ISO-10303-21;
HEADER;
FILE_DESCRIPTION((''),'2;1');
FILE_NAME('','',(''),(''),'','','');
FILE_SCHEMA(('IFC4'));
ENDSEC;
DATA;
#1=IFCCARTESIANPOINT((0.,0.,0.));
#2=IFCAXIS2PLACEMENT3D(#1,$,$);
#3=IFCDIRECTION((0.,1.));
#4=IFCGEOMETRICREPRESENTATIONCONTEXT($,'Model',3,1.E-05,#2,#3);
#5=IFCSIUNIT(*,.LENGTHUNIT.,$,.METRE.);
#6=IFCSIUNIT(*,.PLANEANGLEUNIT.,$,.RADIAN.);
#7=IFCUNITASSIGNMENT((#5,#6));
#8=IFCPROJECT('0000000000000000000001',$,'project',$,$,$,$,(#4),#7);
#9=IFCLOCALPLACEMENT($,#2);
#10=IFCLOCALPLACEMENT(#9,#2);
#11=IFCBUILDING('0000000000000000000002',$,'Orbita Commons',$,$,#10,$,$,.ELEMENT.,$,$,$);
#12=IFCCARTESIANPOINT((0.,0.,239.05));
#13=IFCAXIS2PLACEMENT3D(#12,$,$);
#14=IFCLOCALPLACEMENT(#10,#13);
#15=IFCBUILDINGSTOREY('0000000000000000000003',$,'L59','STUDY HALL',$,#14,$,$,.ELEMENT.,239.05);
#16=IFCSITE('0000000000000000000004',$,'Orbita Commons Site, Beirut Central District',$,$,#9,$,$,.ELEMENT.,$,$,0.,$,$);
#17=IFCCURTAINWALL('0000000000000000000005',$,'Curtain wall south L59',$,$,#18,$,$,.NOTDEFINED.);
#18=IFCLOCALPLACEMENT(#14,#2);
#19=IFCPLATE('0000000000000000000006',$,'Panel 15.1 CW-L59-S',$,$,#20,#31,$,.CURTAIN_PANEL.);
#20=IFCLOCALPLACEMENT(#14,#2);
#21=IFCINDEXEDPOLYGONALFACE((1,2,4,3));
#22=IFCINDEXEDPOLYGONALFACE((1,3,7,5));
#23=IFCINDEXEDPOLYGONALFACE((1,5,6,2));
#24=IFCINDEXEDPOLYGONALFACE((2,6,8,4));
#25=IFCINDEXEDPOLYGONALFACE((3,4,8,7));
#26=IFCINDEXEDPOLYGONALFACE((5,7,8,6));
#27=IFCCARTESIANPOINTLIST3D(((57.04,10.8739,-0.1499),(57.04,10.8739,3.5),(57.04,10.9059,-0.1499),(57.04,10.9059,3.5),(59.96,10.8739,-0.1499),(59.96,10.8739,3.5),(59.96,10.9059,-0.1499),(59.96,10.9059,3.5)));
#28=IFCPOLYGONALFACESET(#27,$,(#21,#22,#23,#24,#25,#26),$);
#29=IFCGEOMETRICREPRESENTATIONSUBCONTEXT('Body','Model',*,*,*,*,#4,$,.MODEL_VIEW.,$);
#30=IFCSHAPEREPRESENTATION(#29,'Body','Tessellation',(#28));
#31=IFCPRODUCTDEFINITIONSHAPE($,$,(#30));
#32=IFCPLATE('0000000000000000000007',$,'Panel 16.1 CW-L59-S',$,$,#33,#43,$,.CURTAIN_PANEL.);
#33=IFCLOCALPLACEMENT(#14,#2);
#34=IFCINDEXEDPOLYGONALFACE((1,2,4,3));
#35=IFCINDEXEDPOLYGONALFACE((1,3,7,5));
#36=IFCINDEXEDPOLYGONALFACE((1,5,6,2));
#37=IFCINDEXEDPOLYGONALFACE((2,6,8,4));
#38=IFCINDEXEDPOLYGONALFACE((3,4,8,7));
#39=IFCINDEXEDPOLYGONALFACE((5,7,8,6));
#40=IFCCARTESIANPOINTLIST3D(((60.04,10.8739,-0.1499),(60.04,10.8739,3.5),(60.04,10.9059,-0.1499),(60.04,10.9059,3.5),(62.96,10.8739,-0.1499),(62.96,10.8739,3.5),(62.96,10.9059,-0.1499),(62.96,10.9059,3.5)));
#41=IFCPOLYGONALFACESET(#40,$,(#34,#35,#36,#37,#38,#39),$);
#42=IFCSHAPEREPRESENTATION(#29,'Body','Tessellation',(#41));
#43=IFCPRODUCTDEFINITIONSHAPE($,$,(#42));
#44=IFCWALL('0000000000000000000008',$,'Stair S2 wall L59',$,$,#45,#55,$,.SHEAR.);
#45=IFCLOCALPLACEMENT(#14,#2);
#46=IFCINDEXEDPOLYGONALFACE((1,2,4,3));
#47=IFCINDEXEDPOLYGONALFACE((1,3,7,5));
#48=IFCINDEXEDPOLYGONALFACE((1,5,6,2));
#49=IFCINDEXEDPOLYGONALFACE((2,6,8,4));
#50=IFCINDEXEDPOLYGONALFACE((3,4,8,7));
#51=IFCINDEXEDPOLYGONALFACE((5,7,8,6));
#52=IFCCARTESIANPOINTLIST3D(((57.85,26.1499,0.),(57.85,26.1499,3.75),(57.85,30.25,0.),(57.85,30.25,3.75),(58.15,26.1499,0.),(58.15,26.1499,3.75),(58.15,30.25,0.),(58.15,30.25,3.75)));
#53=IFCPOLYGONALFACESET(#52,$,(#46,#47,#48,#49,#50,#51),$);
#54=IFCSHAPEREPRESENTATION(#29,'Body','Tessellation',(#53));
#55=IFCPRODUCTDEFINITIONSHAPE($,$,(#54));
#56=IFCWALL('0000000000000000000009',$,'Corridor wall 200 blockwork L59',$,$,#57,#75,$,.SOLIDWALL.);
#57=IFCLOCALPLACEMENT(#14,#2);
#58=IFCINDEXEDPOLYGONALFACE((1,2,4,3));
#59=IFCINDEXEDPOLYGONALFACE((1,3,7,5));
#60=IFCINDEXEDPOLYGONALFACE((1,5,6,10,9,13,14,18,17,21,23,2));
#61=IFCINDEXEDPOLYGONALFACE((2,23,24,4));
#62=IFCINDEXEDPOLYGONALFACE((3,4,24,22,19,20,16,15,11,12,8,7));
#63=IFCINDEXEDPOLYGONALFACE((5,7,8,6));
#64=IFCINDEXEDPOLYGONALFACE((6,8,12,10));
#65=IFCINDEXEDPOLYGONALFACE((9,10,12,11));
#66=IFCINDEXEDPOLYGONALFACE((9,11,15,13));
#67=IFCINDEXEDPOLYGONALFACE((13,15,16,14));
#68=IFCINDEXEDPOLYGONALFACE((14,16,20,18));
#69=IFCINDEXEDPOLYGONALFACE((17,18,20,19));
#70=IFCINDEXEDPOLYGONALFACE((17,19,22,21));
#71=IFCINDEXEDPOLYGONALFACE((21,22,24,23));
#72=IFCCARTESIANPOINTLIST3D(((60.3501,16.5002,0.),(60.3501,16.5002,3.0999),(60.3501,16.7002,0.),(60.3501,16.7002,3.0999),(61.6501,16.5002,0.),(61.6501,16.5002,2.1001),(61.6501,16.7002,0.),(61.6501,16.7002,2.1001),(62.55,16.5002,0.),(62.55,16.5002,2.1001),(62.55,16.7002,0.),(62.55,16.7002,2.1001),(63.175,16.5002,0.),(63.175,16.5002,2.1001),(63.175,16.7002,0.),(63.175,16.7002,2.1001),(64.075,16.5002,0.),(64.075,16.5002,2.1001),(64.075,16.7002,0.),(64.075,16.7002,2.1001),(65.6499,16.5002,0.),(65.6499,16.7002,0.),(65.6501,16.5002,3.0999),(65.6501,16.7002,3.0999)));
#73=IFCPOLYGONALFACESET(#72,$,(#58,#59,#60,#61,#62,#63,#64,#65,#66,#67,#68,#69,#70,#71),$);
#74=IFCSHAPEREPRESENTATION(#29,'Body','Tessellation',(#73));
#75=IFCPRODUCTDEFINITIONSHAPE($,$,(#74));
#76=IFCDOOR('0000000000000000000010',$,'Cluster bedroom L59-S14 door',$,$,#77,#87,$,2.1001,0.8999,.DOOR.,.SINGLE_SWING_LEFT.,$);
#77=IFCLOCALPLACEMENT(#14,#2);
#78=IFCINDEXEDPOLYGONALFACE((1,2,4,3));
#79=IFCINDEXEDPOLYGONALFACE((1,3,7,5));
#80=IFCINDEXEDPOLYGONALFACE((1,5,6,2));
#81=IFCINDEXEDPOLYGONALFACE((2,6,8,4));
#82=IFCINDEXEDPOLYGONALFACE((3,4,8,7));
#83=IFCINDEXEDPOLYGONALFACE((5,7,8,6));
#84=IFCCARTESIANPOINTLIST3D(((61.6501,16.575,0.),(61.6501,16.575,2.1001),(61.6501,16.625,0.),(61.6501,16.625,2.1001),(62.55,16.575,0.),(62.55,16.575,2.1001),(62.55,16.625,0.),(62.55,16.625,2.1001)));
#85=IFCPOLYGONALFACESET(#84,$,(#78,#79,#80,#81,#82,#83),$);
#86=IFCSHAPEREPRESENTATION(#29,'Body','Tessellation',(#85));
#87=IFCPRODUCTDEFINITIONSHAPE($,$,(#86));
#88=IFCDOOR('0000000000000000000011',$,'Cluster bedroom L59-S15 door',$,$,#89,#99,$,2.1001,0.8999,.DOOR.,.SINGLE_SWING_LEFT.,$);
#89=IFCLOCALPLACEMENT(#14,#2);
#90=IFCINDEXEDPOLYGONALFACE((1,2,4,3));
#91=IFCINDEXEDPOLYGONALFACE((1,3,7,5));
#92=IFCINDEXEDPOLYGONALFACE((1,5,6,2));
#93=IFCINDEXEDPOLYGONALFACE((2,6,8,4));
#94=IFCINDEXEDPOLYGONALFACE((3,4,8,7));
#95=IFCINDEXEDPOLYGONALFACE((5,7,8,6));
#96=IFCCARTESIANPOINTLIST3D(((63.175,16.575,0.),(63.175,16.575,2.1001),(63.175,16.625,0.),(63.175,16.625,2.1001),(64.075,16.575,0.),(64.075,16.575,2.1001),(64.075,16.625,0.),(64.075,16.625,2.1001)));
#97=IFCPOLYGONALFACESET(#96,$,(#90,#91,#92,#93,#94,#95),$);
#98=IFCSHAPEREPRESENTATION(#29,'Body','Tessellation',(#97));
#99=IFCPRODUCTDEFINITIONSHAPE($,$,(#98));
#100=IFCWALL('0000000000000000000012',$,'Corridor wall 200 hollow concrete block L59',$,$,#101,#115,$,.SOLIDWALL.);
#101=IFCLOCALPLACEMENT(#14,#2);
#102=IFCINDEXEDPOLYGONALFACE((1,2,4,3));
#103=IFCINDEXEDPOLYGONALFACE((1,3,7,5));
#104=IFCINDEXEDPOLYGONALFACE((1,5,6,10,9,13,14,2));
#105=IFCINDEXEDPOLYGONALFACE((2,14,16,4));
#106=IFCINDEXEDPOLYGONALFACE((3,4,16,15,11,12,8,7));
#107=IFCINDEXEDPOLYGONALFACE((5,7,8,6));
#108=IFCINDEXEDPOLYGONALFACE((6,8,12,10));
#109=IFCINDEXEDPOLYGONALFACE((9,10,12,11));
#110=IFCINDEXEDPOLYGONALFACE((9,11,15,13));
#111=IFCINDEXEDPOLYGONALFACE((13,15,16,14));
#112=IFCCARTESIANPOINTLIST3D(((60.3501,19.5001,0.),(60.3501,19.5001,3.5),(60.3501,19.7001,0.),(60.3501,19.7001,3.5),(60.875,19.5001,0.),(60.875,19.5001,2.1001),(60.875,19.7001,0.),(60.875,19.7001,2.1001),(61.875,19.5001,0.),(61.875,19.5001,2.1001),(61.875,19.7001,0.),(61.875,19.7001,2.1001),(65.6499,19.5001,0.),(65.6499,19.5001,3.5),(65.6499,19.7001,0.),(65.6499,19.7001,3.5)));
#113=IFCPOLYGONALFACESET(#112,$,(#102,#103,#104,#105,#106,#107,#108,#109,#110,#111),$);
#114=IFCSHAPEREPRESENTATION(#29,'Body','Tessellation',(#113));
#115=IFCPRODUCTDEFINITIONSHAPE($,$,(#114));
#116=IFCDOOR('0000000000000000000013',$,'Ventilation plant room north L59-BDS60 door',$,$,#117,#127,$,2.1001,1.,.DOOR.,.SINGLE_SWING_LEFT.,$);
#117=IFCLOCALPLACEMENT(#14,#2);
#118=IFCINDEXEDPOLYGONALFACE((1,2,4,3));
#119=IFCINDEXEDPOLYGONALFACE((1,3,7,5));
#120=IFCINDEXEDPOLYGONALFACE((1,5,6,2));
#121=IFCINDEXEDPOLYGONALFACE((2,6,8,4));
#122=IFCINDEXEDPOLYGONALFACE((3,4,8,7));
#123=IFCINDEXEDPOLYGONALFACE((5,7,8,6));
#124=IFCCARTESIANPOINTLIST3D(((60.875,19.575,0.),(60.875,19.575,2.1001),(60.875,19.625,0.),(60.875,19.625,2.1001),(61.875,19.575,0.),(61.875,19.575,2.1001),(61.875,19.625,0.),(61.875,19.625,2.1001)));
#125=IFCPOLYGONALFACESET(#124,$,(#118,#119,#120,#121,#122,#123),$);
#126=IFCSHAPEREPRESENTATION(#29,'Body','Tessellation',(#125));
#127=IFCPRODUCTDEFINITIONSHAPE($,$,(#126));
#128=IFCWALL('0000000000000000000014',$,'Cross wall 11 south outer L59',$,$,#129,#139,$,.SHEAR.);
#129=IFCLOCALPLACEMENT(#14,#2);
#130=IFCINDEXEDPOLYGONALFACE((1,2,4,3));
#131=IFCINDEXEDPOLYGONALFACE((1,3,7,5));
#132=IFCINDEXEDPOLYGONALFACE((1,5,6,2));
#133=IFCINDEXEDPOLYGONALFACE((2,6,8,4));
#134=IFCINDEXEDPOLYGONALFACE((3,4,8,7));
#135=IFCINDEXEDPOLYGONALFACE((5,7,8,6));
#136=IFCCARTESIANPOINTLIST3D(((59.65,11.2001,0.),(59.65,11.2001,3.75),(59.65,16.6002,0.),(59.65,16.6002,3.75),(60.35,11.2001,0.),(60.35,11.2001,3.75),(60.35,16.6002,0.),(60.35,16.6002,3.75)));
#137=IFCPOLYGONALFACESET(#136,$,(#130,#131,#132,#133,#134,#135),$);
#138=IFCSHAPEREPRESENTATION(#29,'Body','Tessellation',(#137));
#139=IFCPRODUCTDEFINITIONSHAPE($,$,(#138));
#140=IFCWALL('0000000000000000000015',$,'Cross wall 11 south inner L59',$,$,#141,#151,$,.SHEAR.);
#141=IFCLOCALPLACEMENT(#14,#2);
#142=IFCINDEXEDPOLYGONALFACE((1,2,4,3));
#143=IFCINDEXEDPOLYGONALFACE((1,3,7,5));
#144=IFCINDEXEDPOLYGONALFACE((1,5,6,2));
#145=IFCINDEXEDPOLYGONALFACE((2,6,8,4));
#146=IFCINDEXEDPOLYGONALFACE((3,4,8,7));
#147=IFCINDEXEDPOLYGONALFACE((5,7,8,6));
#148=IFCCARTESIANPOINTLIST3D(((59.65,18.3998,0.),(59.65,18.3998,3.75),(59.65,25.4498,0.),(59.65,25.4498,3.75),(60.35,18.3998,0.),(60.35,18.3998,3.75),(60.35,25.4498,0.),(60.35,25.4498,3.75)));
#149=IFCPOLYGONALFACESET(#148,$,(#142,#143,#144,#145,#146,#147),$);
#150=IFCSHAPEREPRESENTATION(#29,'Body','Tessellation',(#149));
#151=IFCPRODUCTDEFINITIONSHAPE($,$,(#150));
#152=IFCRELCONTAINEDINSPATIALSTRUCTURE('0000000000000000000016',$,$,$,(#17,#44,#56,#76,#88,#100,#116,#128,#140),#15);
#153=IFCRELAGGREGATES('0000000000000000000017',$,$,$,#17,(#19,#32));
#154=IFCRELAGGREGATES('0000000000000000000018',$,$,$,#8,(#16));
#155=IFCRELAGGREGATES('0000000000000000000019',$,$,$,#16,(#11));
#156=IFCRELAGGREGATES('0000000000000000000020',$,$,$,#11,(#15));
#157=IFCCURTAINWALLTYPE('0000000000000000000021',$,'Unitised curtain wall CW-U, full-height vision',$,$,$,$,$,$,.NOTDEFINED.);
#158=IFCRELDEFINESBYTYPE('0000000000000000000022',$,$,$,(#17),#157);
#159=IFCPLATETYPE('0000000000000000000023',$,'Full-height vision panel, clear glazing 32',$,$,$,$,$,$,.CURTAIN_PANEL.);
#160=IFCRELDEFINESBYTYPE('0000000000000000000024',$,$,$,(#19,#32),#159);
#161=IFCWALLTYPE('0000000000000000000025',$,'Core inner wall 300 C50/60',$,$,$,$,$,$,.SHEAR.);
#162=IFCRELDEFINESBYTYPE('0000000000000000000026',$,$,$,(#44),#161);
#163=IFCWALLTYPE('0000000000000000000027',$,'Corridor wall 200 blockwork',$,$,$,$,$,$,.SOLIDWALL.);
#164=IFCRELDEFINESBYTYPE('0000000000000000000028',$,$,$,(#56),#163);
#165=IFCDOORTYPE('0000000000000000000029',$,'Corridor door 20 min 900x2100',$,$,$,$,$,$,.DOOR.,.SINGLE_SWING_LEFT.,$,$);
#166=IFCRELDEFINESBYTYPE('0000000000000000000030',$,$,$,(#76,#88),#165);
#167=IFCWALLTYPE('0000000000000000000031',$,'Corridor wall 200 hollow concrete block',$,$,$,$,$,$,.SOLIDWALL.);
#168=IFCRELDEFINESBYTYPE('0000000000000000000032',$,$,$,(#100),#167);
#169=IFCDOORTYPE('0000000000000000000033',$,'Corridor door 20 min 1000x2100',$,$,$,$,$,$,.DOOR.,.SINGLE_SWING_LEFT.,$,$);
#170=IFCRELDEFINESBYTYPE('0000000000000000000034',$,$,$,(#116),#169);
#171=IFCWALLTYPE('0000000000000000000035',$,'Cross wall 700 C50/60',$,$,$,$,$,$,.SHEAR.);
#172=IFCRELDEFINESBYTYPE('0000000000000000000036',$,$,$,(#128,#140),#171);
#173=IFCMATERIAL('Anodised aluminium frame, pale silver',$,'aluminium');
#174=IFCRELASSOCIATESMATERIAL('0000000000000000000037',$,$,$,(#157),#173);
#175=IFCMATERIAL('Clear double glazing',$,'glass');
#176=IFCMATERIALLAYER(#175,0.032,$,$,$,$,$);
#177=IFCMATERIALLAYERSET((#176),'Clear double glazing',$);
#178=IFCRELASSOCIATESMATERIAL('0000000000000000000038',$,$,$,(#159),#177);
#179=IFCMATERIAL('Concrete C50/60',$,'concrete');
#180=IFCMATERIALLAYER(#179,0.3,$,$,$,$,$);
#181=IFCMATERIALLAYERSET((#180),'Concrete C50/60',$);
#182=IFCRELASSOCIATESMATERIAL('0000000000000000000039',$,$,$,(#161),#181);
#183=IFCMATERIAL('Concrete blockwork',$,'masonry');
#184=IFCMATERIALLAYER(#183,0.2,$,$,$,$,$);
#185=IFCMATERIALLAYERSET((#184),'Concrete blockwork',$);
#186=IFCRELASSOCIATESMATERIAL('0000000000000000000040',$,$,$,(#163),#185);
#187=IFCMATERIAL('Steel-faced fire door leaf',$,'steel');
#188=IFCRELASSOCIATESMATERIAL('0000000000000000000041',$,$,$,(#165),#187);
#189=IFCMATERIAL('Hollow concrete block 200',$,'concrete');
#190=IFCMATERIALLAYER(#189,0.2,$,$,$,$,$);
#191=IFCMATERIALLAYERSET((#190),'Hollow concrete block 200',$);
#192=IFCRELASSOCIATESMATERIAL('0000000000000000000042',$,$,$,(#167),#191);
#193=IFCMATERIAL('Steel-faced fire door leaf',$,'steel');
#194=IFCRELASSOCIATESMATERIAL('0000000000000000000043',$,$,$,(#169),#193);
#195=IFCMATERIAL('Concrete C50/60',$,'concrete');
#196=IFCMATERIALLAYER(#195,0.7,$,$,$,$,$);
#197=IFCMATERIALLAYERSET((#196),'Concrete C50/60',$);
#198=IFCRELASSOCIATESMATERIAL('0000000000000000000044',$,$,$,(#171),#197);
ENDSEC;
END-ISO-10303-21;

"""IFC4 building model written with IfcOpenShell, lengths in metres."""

from ifc_helpers import new_model, si_unit, direction, frame, frame_2d, origin, origin_2d, place, context, subcontext, project, spatial, polyline, rectangle, outline, extrude, material, layer, layer_set, type_object, element, fill, aggregate, save


model = new_model("IFC4")

# Units and contexts
model_context = context("Model", 3, precision=1e-05, world=origin(), true_north=direction((0.0, 1.0)))
body_context = subcontext(model_context, "Body", "Model", "MODEL_VIEW")
ifc_project = project(units=[si_unit("LENGTHUNIT", "METRE"), si_unit("PLANEANGLEUNIT", "RADIAN")], contexts=[model_context])

# Site, building, storey
site_placement = place(None, origin())
site = spatial("IfcSite", under=ifc_project, at=site_placement, Name="Orbita Commons Site, Beirut Central District", CompositionType="ELEMENT", RefElevation=0.0)
building_placement = place(site_placement, origin())
building = spatial("IfcBuilding", under=site, at=building_placement, Name="Orbita Commons", CompositionType="ELEMENT")
storey_placement = place(building_placement, frame((0.0, 0.0, 239.05)))
storey = spatial("IfcBuildingStorey", under=building, at=storey_placement, Name="L59", Description="STUDY HALL", CompositionType="ELEMENT", Elevation=239.05)

# Curtain wall
ifc_material_1 = material(Name="Anodised aluminium frame, pale silver", Category="aluminium")
curtain_wall_type = type_object("IfcCurtainWallType", Name="Unitised curtain wall CW-U, full-height vision", PredefinedType="NOTDEFINED", material=ifc_material_1)
curtain_wall_placement = place(storey_placement, origin())
curtain_wall = element("IfcCurtainWall", 1, at=curtain_wall_placement, inside=storey, type_object=curtain_wall_type, Name="Curtain wall south L59", PredefinedType="NOTDEFINED")

# Plates
ifc_material_2 = material(Name="Clear double glazing", Category="glass")
ifc_layer_1 = layer(ifc_material_2, 0.032)
ifc_layer_set_1 = layer_set([ifc_layer_1], Name="Clear double glazing")
plate_type = type_object("IfcPlateType", Name="Full-height vision panel, clear glazing 32", PredefinedType="CURTAIN_PANEL", material=ifc_layer_set_1)
plate_1_placement = place(storey_placement, frame((58.5, 10.8899, -0.1499), z_axis=(0.0, 0.0, 1.0), x_axis=(1.0, 0.0, 0.0)))
plate_1 = element("IfcPlate", 2, at=plate_1_placement, type_object=plate_type, Name="Panel 15.1 CW-L59-S", PredefinedType="CURTAIN_PANEL", context=body_context, shape_type="SweptSolid", body=[
    extrude(rectangle(XDim=2.9199, YDim=0.032, at=origin_2d()), origin(), (0.0, 0.0, 1.0), 3.6499),
])
plate_2_placement = place(storey_placement, frame((61.5, 10.8899, -0.1499), z_axis=(0.0, 0.0, 1.0), x_axis=(1.0, 0.0, 0.0)))
plate_2 = element("IfcPlate", 3, at=plate_2_placement, type_object=plate_type, Name="Panel 16.1 CW-L59-S", PredefinedType="CURTAIN_PANEL", context=body_context, shape_type="SweptSolid", body=[
    extrude(rectangle(XDim=2.9199, YDim=0.032, at=origin_2d()), origin(), (0.0, 0.0, 1.0), 3.6499),
])
aggregate(curtain_wall, [plate_1, plate_2])

# Wall
ifc_material_3 = material(Name="Concrete C50/60", Category="concrete")
ifc_layer_2 = layer(ifc_material_3, 0.3)
ifc_layer_set_2 = layer_set([ifc_layer_2], Name="Concrete C50/60")
wall_type_1 = type_object("IfcWallType", Name="Core inner wall 300 C50/60", PredefinedType="SHEAR", material=ifc_layer_set_2)
wall_1_placement = place(storey_placement, frame((58.0, 26.1499, 0.0), z_axis=(0.0, 0.0, 1.0), x_axis=(0.0, 1.0, 0.0)))
element("IfcWall", 4, at=wall_1_placement, inside=storey, type_object=wall_type_1, Name="Stair S2 wall L59", PredefinedType="SHEAR", context=body_context, shape_type="SweptSolid", body=[
    extrude(rectangle(XDim=4.1001, YDim=0.3, at=frame_2d((2.05, 0.0))), origin(), (0.0, 0.0, 1.0), 3.75),
])

# Wall, openings, doors
ifc_material_4 = material(Name="Concrete blockwork", Category="masonry")
ifc_layer_3 = layer(ifc_material_4, 0.2)
ifc_layer_set_3 = layer_set([ifc_layer_3], Name="Concrete blockwork")
wall_type_2 = type_object("IfcWallType", Name="Corridor wall 200 blockwork", PredefinedType="SOLIDWALL", material=ifc_layer_set_3)
wall_2_placement = place(storey_placement, frame((60.3501, 16.6001, 0.0), z_axis=(0.0, 0.0, 1.0), x_axis=(1.0, 0.0, 0.0)))
wall_2 = element("IfcWall", 5, at=wall_2_placement, inside=storey, type_object=wall_type_2, Name="Corridor wall 200 blockwork L59", PredefinedType="SOLIDWALL", context=body_context, shape_type="SweptSolid", body=[
    extrude(outline(polyline([(0.0, 0.0), (5.2998, 0.0), (5.3, 3.0999), (0.0, 3.0999), (0.0, 0.0)])), frame((0.0, 0.1001, 0.0), z_axis=(0.0, -1.0, 0.0), x_axis=(1.0, 0.0, 0.0)), (0.0, 0.0, 1.0), 0.2),
])
opening_1_placement = place(wall_2_placement, frame((1.3, 0.0, 0.0)))
opening_1 = element("IfcOpeningElement", 6, at=opening_1_placement, cuts=wall_2, PredefinedType="OPENING", context=body_context, shape_type="SweptSolid", body=[
    extrude(rectangle(XDim=0.8999, YDim=2.1001, at=frame_2d((0.45, 1.05))), frame((0.0, 0.1099, 0.0), z_axis=(0.0, -1.0, 0.0), x_axis=(1.0, 0.0, 0.0)), (0.0, 0.0, 1.0), 0.22),
])
opening_2_placement = place(wall_2_placement, frame((2.825, 0.0, 0.0)))
opening_2 = element("IfcOpeningElement", 7, at=opening_2_placement, cuts=wall_2, PredefinedType="OPENING", context=body_context, shape_type="SweptSolid", body=[
    extrude(rectangle(XDim=0.8999, YDim=2.1001, at=frame_2d((0.45, 1.05))), frame((0.0, 0.1099, 0.0), z_axis=(0.0, -1.0, 0.0), x_axis=(1.0, 0.0, 0.0)), (0.0, 0.0, 1.0), 0.22),
])
ifc_material_5 = material(Name="Steel-faced fire door leaf", Category="steel")
door_type_1 = type_object("IfcDoorType", Name="Corridor door 20 min 900x2100", OperationType="SINGLE_SWING_LEFT", PredefinedType="DOOR", material=ifc_material_5)
door_1_placement = place(opening_1_placement, origin())
door_1 = element("IfcDoor", 8, at=door_1_placement, inside=storey, type_object=door_type_1, Name="Cluster bedroom L59-S14 door", OperationType="SINGLE_SWING_LEFT", OverallHeight=2.1001, OverallWidth=0.8999, PredefinedType="DOOR", context=body_context, shape_type="SweptSolid", body=[
    extrude(rectangle(XDim=0.8999, YDim=2.1001, at=frame_2d((0.45, 1.05))), frame((0.0, 0.0249, 0.0), z_axis=(0.0, -1.0, 0.0), x_axis=(1.0, 0.0, 0.0)), (0.0, 0.0, 1.0), 0.05),
])
fill(opening_1, door_1)
door_2_placement = place(opening_2_placement, origin())
door_2 = element("IfcDoor", 9, at=door_2_placement, inside=storey, type_object=door_type_1, Name="Cluster bedroom L59-S15 door", OperationType="SINGLE_SWING_LEFT", OverallHeight=2.1001, OverallWidth=0.8999, PredefinedType="DOOR", context=body_context, shape_type="SweptSolid", body=[
    extrude(rectangle(XDim=0.8999, YDim=2.1001, at=frame_2d((0.45, 1.05))), frame((0.0, 0.0249, 0.0), z_axis=(0.0, -1.0, 0.0), x_axis=(1.0, 0.0, 0.0)), (0.0, 0.0, 1.0), 0.05),
])
fill(opening_2, door_2)

# Wall, opening, door
ifc_material_6 = material(Name="Hollow concrete block 200", Category="concrete")
ifc_layer_4 = layer(ifc_material_6, 0.2)
ifc_layer_set_4 = layer_set([ifc_layer_4], Name="Hollow concrete block 200")
wall_type_3 = type_object("IfcWallType", Name="Corridor wall 200 hollow concrete block", PredefinedType="SOLIDWALL", material=ifc_layer_set_4)
wall_3_placement = place(storey_placement, frame((60.3501, 19.6001, 0.0), z_axis=(0.0, 0.0, 1.0), x_axis=(1.0, 0.0, 0.0)))
wall_3 = element("IfcWall", 10, at=wall_3_placement, inside=storey, type_object=wall_type_3, Name="Corridor wall 200 hollow concrete block L59", PredefinedType="SOLIDWALL", context=body_context, shape_type="SweptSolid", body=[
    extrude(rectangle(XDim=5.2998, YDim=0.2, at=frame_2d((2.6499, 0.0))), origin(), (0.0, 0.0, 1.0), 3.5),
])
opening_3_placement = place(wall_3_placement, frame((0.5249, 0.0, 0.0)))
opening_3 = element("IfcOpeningElement", 11, at=opening_3_placement, cuts=wall_3, PredefinedType="OPENING", context=body_context, shape_type="SweptSolid", body=[
    extrude(rectangle(XDim=1.0, YDim=2.1001, at=frame_2d((0.5, 1.05))), frame((0.0, 0.1099, 0.0), z_axis=(0.0, -1.0, 0.0), x_axis=(1.0, 0.0, 0.0)), (0.0, 0.0, 1.0), 0.22),
])
ifc_material_7 = material(Name="Steel-faced fire door leaf", Category="steel")
door_type_2 = type_object("IfcDoorType", Name="Corridor door 20 min 1000x2100", OperationType="SINGLE_SWING_LEFT", PredefinedType="DOOR", material=ifc_material_7)
door_3_placement = place(opening_3_placement, origin())
door_3 = element("IfcDoor", 12, at=door_3_placement, inside=storey, type_object=door_type_2, Name="Ventilation plant room north L59-BDS60 door", OperationType="SINGLE_SWING_LEFT", OverallHeight=2.1001, OverallWidth=1.0, PredefinedType="DOOR", context=body_context, shape_type="SweptSolid", body=[
    extrude(rectangle(XDim=1.0, YDim=2.1001, at=frame_2d((0.5, 1.05))), frame((0.0, 0.0249, 0.0), z_axis=(0.0, -1.0, 0.0), x_axis=(1.0, 0.0, 0.0)), (0.0, 0.0, 1.0), 0.05),
])
fill(opening_3, door_3)

# Walls
ifc_material_8 = material(Name="Concrete C50/60", Category="concrete")
ifc_layer_5 = layer(ifc_material_8, 0.7)
ifc_layer_set_5 = layer_set([ifc_layer_5], Name="Concrete C50/60")
wall_type_4 = type_object("IfcWallType", Name="Cross wall 700 C50/60", PredefinedType="SHEAR", material=ifc_layer_set_5)
wall_4_placement = place(storey_placement, frame((60.0, 11.2, 0.0), z_axis=(0.0, 0.0, 1.0), x_axis=(0.0, 1.0, 0.0)))
element("IfcWall", 13, at=wall_4_placement, inside=storey, type_object=wall_type_4, Name="Cross wall 11 south outer L59", PredefinedType="SHEAR", context=body_context, shape_type="SweptSolid", body=[
    extrude(rectangle(XDim=5.4001, YDim=0.7, at=frame_2d((2.7002, 0.0))), origin(), (0.0, 0.0, 1.0), 3.75),
])
wall_5_placement = place(storey_placement, frame((60.0, 18.3999, 0.0), z_axis=(0.0, 0.0, 1.0), x_axis=(0.0, 1.0, 0.0)))
element("IfcWall", 14, at=wall_5_placement, inside=storey, type_object=wall_type_4, Name="Cross wall 11 south inner L59", PredefinedType="SHEAR", context=body_context, shape_type="SweptSolid", body=[
    extrude(rectangle(XDim=7.05, YDim=0.7, at=frame_2d((3.5249, 0.0))), origin(), (0.0, 0.0, 1.0), 3.75),
])

save(model, "model.ifc")
